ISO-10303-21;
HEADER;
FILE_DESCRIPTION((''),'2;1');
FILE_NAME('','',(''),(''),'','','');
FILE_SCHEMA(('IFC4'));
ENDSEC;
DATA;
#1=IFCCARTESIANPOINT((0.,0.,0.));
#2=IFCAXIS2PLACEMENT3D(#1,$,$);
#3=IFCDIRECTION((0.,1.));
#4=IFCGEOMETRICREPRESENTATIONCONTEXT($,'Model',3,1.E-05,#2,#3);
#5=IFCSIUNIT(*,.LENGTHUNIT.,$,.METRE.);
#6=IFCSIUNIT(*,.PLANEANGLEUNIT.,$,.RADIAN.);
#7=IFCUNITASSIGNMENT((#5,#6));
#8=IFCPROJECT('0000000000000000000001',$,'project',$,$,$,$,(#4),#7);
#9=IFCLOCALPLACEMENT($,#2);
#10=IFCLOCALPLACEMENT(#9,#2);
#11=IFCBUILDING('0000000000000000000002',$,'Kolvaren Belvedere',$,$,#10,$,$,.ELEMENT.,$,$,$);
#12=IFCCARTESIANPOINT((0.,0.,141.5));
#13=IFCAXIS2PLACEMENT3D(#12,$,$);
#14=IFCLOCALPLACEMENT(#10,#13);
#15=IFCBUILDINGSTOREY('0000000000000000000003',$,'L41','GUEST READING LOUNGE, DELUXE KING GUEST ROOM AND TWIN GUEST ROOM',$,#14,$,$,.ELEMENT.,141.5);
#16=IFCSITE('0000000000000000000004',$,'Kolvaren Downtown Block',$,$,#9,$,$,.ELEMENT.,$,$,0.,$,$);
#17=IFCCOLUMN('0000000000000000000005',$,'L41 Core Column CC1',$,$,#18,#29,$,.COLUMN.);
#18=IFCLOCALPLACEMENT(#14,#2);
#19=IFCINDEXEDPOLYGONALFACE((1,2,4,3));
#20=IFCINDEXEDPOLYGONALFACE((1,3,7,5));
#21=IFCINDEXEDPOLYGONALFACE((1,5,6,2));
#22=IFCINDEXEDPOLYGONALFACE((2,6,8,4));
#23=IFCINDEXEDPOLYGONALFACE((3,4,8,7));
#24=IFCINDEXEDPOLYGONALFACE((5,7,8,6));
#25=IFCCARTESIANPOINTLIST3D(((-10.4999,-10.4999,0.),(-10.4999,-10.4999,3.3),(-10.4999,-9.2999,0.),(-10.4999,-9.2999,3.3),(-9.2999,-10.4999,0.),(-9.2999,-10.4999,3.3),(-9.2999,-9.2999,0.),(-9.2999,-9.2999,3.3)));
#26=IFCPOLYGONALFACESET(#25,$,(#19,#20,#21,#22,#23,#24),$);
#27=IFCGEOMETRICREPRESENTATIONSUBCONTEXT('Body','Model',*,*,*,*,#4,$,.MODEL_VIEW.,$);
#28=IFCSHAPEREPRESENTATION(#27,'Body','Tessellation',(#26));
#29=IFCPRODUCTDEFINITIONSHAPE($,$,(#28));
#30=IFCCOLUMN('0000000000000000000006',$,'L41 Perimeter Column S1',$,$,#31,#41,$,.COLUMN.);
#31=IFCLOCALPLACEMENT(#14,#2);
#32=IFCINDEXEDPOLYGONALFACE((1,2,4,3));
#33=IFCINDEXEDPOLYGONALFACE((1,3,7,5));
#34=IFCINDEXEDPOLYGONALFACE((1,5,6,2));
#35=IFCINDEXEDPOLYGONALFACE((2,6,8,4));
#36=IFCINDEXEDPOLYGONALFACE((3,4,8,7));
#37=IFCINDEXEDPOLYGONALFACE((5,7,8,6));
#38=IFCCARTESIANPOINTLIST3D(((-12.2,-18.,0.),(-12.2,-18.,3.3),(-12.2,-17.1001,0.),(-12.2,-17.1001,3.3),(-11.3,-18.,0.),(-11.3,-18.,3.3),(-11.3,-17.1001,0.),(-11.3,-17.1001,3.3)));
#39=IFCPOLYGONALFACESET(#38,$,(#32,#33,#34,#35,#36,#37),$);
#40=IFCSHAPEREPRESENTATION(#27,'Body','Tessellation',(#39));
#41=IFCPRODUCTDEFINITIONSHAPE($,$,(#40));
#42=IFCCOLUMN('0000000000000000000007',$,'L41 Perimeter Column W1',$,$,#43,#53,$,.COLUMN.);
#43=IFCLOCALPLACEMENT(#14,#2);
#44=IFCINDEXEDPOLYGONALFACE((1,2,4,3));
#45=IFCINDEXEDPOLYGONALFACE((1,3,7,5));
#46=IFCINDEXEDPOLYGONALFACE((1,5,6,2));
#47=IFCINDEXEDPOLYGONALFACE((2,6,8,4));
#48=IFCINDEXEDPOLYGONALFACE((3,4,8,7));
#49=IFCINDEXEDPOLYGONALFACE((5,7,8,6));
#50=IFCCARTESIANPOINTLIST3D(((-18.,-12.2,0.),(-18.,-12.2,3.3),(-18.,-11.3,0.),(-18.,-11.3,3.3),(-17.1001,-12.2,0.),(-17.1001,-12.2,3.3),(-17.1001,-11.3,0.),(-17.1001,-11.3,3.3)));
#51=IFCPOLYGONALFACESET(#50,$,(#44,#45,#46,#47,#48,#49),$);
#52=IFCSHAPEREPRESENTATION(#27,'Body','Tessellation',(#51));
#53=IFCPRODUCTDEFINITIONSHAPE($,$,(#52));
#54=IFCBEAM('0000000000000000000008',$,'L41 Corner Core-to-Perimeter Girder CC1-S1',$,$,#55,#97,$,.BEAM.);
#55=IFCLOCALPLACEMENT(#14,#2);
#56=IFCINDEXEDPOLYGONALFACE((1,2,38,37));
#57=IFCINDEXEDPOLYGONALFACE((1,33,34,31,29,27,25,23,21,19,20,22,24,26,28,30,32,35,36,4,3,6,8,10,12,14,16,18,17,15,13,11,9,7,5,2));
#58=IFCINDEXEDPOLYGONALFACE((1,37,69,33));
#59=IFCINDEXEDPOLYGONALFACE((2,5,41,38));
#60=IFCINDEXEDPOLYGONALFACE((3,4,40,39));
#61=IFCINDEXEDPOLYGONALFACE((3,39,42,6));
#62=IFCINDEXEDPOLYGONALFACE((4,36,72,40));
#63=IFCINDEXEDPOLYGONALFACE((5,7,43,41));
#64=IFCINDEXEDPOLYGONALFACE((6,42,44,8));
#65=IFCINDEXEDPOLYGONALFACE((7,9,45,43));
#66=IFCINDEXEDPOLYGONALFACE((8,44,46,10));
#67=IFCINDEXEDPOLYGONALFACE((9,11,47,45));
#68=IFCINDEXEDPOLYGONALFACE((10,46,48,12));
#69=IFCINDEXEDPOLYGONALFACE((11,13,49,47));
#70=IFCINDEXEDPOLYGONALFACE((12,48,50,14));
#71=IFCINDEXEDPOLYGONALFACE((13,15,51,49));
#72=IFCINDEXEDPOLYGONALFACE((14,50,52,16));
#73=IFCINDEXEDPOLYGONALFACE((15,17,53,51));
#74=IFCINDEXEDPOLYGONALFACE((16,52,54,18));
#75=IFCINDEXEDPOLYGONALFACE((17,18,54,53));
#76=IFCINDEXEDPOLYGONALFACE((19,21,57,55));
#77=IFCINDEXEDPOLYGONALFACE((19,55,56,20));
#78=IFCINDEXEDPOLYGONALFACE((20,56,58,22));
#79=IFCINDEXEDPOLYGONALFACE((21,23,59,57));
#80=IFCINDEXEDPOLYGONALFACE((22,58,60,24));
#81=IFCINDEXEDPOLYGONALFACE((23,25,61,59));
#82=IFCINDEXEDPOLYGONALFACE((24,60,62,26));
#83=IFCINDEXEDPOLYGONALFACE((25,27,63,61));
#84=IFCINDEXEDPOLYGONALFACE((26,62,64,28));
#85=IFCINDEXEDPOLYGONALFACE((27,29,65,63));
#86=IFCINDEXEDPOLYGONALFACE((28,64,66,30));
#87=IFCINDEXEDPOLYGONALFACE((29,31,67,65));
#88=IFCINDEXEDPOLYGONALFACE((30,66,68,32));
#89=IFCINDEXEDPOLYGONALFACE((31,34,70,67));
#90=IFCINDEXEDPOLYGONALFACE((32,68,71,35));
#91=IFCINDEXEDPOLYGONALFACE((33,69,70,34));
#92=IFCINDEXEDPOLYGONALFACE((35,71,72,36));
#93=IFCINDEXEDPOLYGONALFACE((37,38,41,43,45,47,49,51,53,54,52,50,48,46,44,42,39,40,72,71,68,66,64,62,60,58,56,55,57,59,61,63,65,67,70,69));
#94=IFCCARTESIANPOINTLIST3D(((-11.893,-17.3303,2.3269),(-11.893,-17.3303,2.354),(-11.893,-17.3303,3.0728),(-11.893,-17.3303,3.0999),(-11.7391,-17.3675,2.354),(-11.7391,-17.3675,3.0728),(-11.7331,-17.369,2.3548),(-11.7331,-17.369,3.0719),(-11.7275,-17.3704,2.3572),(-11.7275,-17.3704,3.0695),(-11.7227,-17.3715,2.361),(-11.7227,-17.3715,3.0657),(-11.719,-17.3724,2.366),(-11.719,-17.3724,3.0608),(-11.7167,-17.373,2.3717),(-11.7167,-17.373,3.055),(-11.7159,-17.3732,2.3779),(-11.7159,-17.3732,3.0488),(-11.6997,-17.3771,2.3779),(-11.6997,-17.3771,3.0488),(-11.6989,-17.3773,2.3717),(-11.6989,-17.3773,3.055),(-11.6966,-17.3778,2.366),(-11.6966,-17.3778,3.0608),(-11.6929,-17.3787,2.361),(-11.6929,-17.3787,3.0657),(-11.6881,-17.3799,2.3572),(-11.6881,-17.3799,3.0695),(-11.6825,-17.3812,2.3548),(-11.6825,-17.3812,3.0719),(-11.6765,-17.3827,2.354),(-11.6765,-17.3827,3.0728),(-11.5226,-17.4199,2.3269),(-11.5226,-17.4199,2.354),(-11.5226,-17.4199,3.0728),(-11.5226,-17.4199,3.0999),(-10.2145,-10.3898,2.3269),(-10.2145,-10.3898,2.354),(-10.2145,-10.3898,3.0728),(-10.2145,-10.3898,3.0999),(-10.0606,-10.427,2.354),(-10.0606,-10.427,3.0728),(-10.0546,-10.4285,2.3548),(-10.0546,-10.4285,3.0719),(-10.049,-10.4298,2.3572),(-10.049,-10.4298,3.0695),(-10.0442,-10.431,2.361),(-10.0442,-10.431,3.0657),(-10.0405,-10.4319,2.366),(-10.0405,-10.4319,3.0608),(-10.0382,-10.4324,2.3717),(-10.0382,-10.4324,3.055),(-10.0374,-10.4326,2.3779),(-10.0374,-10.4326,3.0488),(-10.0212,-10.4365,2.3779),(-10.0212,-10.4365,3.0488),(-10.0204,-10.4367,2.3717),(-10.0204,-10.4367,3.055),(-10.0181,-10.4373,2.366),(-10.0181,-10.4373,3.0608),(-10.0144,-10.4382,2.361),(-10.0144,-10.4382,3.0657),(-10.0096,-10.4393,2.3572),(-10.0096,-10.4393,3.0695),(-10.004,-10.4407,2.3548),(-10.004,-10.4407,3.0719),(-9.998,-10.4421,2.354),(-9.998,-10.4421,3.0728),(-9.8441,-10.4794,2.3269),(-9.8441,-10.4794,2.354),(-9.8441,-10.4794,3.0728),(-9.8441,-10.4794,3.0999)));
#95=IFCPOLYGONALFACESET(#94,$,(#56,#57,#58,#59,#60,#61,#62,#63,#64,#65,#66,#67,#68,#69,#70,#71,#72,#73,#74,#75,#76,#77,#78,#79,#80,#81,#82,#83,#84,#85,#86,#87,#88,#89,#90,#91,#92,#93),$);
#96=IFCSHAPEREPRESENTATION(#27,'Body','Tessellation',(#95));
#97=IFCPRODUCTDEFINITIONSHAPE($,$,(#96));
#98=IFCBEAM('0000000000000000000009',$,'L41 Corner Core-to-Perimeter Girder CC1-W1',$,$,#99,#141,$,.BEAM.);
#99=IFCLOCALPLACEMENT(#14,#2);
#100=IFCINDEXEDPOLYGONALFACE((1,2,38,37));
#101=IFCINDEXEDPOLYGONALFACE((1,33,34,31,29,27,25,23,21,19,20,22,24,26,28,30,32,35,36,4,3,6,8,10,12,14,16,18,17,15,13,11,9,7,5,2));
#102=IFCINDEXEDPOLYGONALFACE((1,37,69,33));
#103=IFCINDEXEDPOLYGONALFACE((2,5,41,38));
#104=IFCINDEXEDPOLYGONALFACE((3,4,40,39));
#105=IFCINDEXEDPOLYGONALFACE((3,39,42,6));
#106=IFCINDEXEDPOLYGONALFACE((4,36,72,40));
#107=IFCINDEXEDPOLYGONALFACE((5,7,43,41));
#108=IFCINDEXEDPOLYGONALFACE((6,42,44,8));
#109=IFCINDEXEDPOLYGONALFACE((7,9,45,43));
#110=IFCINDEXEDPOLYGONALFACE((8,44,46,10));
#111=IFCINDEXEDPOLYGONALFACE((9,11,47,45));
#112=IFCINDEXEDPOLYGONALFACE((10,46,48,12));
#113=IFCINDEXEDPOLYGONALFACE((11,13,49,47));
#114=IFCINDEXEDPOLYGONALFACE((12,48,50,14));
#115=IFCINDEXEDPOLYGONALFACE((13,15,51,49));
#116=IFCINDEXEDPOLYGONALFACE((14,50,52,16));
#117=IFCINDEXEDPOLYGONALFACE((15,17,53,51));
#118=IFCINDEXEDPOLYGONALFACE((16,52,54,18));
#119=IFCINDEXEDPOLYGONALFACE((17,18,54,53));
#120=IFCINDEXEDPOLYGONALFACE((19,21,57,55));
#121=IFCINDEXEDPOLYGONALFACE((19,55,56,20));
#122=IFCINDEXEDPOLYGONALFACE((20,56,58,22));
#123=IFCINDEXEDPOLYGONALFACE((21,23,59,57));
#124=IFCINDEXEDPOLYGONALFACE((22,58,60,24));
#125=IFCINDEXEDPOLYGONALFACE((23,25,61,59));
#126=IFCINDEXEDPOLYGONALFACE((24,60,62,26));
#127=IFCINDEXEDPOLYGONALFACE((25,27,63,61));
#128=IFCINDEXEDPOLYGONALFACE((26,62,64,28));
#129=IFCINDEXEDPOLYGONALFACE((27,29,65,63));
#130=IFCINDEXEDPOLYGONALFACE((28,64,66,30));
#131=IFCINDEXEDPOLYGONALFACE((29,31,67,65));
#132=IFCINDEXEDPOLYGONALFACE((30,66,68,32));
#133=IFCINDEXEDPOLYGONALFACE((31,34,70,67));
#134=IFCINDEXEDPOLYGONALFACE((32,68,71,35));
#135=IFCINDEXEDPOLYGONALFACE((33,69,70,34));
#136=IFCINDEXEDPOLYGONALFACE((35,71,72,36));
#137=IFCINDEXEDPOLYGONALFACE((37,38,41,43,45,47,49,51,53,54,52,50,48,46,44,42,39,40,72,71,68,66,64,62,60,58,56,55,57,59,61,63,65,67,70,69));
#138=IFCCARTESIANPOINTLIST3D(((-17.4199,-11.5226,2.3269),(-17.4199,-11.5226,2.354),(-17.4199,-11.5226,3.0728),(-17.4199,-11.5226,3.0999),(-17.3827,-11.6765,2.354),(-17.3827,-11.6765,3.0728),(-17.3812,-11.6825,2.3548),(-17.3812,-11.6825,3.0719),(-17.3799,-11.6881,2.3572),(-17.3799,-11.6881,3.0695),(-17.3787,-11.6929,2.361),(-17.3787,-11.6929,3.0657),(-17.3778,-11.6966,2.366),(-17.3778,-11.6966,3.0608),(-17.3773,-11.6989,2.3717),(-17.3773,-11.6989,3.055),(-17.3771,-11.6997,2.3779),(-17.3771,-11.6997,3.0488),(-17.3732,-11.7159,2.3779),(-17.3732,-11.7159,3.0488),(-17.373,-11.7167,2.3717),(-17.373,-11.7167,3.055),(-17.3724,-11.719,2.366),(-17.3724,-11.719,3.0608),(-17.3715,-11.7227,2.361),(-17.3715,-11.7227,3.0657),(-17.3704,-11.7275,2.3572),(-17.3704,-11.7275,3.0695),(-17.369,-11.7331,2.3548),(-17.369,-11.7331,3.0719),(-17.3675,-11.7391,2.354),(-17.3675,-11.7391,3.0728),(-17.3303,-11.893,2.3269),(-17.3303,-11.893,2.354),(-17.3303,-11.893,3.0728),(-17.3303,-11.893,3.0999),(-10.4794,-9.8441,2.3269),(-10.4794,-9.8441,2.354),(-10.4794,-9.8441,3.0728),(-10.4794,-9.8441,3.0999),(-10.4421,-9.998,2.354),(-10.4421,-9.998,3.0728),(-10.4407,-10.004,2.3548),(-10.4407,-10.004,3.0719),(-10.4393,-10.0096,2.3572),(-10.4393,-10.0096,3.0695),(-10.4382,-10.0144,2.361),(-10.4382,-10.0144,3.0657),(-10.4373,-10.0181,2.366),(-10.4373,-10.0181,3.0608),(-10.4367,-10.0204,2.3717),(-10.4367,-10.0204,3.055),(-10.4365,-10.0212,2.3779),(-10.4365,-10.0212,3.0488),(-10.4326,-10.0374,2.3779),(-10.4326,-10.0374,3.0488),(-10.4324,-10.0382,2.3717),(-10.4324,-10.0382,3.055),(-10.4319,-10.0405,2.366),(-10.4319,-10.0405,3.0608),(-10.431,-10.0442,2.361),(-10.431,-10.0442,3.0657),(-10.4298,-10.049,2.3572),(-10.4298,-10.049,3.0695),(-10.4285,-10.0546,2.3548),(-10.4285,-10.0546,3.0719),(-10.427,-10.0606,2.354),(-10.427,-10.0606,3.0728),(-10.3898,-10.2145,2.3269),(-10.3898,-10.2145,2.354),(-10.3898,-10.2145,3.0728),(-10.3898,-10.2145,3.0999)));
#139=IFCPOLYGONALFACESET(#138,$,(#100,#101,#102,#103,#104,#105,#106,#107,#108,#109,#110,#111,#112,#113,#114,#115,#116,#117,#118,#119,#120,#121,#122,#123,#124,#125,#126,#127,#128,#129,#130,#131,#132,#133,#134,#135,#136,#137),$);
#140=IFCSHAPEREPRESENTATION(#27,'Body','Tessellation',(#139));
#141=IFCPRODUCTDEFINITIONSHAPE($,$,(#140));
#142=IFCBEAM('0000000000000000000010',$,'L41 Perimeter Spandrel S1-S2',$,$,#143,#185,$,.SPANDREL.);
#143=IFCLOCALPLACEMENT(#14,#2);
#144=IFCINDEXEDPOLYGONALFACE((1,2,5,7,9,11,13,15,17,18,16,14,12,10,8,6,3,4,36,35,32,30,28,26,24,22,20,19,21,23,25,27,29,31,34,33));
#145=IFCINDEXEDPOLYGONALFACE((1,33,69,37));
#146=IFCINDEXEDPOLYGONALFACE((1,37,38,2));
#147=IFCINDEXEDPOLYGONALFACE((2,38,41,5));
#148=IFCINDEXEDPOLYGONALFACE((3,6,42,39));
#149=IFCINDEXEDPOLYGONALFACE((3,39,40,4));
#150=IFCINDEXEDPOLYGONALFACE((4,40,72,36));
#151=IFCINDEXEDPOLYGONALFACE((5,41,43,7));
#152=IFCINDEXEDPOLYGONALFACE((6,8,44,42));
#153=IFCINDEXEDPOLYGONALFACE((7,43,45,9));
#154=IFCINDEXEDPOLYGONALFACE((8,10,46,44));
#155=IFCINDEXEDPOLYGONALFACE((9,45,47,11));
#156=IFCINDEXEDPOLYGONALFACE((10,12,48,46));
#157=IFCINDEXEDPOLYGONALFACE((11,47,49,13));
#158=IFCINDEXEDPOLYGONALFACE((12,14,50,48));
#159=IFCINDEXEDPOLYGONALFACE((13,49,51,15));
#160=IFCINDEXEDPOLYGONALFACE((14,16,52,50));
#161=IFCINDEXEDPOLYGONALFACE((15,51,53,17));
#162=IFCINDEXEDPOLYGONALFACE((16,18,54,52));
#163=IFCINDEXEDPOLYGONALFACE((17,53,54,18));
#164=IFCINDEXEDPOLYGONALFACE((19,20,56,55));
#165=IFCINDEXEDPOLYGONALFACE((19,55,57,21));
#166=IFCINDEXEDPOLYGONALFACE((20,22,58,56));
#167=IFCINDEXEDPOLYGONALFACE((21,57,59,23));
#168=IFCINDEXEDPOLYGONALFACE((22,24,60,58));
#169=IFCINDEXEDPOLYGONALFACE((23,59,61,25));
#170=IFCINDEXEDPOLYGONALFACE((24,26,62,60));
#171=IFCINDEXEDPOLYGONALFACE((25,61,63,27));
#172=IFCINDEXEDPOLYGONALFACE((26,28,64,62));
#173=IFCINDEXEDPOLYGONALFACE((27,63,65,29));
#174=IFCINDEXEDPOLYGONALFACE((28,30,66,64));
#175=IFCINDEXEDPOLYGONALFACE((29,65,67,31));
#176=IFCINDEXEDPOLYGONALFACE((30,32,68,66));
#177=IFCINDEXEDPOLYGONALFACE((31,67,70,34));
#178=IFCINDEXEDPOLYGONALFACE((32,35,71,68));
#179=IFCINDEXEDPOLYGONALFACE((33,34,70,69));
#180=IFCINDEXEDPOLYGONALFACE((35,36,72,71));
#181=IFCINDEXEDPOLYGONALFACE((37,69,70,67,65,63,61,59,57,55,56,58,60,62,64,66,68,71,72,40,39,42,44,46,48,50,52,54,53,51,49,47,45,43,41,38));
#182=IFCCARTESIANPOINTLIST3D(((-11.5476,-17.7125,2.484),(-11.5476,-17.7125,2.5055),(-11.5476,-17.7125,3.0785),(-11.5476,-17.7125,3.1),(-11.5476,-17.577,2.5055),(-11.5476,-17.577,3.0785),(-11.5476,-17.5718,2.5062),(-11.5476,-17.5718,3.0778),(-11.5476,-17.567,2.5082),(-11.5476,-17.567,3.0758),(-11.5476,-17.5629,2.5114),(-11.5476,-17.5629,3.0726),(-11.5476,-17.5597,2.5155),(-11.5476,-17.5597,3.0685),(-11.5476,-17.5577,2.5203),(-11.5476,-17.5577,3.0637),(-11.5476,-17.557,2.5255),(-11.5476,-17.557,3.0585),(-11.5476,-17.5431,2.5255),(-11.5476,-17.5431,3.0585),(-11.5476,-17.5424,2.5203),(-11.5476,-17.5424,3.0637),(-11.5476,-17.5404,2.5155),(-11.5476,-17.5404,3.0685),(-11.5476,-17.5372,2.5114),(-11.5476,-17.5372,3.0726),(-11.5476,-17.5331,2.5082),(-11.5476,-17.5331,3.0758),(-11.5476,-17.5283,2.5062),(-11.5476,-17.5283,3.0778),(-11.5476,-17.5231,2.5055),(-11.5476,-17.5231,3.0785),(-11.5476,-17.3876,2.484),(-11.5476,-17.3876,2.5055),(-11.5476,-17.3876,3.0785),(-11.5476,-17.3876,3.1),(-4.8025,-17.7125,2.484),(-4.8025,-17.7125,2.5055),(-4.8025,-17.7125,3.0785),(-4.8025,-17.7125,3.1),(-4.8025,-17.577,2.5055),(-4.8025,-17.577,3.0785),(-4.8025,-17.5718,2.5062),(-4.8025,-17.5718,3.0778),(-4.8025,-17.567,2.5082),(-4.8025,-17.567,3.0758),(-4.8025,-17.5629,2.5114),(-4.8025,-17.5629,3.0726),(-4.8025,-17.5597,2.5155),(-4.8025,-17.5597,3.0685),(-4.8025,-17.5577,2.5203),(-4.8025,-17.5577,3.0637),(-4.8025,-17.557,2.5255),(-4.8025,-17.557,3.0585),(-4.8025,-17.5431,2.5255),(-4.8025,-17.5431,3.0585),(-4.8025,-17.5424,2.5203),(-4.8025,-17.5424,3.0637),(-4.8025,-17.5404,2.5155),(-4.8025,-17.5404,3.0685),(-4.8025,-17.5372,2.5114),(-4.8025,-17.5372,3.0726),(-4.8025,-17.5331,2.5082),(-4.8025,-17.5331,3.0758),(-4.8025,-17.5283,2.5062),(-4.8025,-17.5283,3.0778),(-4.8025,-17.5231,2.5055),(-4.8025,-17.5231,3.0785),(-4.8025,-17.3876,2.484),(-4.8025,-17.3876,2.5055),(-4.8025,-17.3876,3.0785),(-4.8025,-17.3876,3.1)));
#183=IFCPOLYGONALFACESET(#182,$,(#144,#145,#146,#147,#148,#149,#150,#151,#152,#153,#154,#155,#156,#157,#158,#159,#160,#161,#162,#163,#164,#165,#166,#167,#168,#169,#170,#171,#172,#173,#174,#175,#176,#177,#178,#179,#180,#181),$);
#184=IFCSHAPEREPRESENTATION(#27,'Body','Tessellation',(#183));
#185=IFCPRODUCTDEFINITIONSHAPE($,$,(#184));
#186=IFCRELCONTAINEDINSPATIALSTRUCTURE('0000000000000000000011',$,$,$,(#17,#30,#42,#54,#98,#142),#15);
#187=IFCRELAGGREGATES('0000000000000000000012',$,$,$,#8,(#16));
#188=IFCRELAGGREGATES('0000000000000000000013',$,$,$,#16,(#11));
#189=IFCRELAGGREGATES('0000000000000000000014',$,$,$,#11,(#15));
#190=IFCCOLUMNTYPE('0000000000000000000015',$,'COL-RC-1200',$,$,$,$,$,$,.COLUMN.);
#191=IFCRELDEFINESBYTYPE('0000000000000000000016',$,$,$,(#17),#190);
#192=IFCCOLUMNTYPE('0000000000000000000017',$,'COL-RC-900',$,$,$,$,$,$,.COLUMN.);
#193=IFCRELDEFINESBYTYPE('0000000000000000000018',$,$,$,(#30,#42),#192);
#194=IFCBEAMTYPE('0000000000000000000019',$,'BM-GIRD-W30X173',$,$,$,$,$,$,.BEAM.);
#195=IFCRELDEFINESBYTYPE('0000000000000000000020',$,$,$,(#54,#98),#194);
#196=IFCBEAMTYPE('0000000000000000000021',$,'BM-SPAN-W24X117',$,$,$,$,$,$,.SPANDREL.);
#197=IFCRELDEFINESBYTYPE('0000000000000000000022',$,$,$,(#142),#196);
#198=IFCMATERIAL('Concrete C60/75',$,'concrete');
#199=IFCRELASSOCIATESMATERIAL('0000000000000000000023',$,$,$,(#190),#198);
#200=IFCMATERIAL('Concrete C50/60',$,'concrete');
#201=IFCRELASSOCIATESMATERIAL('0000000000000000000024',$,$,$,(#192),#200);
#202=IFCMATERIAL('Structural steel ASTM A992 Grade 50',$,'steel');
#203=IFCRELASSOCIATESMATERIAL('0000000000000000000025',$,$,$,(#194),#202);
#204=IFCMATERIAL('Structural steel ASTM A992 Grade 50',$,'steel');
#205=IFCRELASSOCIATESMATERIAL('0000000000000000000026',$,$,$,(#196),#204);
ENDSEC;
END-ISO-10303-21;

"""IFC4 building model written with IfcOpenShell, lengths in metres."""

from ifc_helpers import new_model, si_unit, direction, frame, origin, origin_2d, place, context, subcontext, project, spatial, rectangle, i_section, extrude, material, material_profile, profile_set, type_object, element, save


model = new_model("IFC4")

# Units and contexts
model_context = context("Model", 3, precision=1e-05, world=origin(), true_north=direction((0.0, 1.0)))
body_context = subcontext(model_context, "Body", "Model", "MODEL_VIEW")
ifc_project = project(units=[si_unit("LENGTHUNIT", "METRE"), si_unit("PLANEANGLEUNIT", "RADIAN")], contexts=[model_context])

# Site, building, storey
site_placement = place(None, origin())
site = spatial("IfcSite", under=ifc_project, at=site_placement, Name="Kolvaren Downtown Block", CompositionType="ELEMENT", RefElevation=0.0)
building_placement = place(site_placement, origin())
building = spatial("IfcBuilding", under=site, at=building_placement, Name="Kolvaren Belvedere", CompositionType="ELEMENT")
storey_placement = place(building_placement, frame((0.0, 0.0, 141.5)))
storey = spatial("IfcBuildingStorey", under=building, at=storey_placement, Name="L41", Description="GUEST READING LOUNGE, DELUXE KING GUEST ROOM AND TWIN GUEST ROOM", CompositionType="ELEMENT", Elevation=141.5)

# Columns
ifc_material_1 = material(Name="Concrete C60/75", Category="concrete")
ifc_material_profile_1 = material_profile(ifc_material_1, rectangle(XDim=1.2, YDim=1.2, at=origin_2d()), Name="RC 1200X1200")
ifc_profile_set_1 = profile_set([ifc_material_profile_1], Name="Concrete C60/75")
column_type_1 = type_object("IfcColumnType", Name="COL-RC-1200", PredefinedType="COLUMN", material=ifc_profile_set_1)
column_placement = place(storey_placement, frame((-9.8999, -9.8999, 0.0), z_axis=(0.0, 0.0, 1.0), x_axis=(1.0, 0.0, 0.0)))
element("IfcColumn", 1, at=column_placement, inside=storey, type_object=column_type_1, Name="L41 Core Column CC1", PredefinedType="COLUMN", context=body_context, shape_type="SweptSolid", body=[
    extrude(rectangle(XDim=1.2, YDim=1.2, at=origin_2d()), origin(), (0.0, 0.0, 1.0), 3.3),
])
ifc_material_2 = material(Name="Concrete C50/60", Category="concrete")
ifc_material_profile_2 = material_profile(ifc_material_2, rectangle(XDim=0.8999, YDim=0.8999, at=origin_2d()), Name="RC 900X900")
ifc_profile_set_2 = profile_set([ifc_material_profile_2], Name="Concrete C50/60")
column_type_2 = type_object("IfcColumnType", Name="COL-RC-900", PredefinedType="COLUMN", material=ifc_profile_set_2)
for number, where, z_axis, x_axis, name in (
    (2, (-11.75, -17.55, 0.0), (0.0, 0.0, 1.0), (1.0, 0.0, 0.0), "L41 Perimeter Column S1"),
    (3, (-17.55, -11.75, 0.0), (0.0, 0.0, 1.0), (1.0, 0.0, 0.0), "L41 Perimeter Column W1"),
):
    element("IfcColumn", number, at=place(storey_placement, frame(where, z_axis=z_axis, x_axis=x_axis)), inside=storey, type_object=column_type_2, Name=name, PredefinedType="COLUMN", context=body_context, shape_type="SweptSolid", body=[
        extrude(rectangle(XDim=0.8999, YDim=0.8999, at=origin_2d()), origin(), (0.0, 0.0, 1.0), 3.3),
    ])

# Beams
ifc_material_3 = material(Name="Structural steel ASTM A992 Grade 50", Category="steel")
ifc_material_profile_3 = material_profile(ifc_material_3, i_section(OverallWidth=0.3811, OverallDepth=0.7729, WebThickness=0.0166, FlangeThickness=0.0271, FilletRadius=0.0239, at=origin_2d()), Name="W30X173")
ifc_profile_set_3 = profile_set([ifc_material_profile_3], Name="Structural steel ASTM A992 Grade 50")
beam_type_1 = type_object("IfcBeamType", Name="BM-GIRD-W30X173", PredefinedType="BEAM", material=ifc_profile_set_3)
for number, where, z_axis, x_axis, name in (
    (4, (-10.0293, -10.4346, 2.7134), (-0.235063, -0.97198, 0.0), (0.97198, -0.235063, 0.0), "L41 Corner Core-to-Perimeter Girder CC1-S1"),
    (5, (-10.4346, -10.0293, 2.7134), (-0.97198, -0.235063, 0.0), (0.235063, -0.97198, 0.0), "L41 Corner Core-to-Perimeter Girder CC1-W1"),
):
    element("IfcBeam", number, at=place(storey_placement, frame(where, z_axis=z_axis, x_axis=x_axis)), inside=storey, type_object=beam_type_1, Name=name, PredefinedType="BEAM", context=body_context, shape_type="SweptSolid", body=[
        extrude(i_section(OverallWidth=0.3811, OverallDepth=0.7729, WebThickness=0.0166, FlangeThickness=0.0271, FilletRadius=0.0239, at=origin_2d()), origin(), (0.0, 0.0, 1.0), 7.1406),
    ])
ifc_material_4 = material(Name="Structural steel ASTM A992 Grade 50", Category="steel")
ifc_material_profile_4 = material_profile(ifc_material_4, i_section(OverallWidth=0.325, OverallDepth=0.616, WebThickness=0.0139, FlangeThickness=0.0215, FilletRadius=0.02, at=origin_2d()), Name="W24X117")
ifc_profile_set_4 = profile_set([ifc_material_profile_4], Name="Structural steel ASTM A992 Grade 50")
beam_type_2 = type_object("IfcBeamType", Name="BM-SPAN-W24X117", PredefinedType="SPANDREL", material=ifc_profile_set_4)
beam_1_placement = place(storey_placement, frame((-11.5476, -17.55, 2.792), z_axis=(1.0, 0.0, 0.0), x_axis=(0.0, 1.0, 0.0)))
element("IfcBeam", 6, at=beam_1_placement, inside=storey, type_object=beam_type_2, Name="L41 Perimeter Spandrel S1-S2", PredefinedType="SPANDREL", context=body_context, shape_type="SweptSolid", body=[
    extrude(i_section(OverallWidth=0.325, OverallDepth=0.616, WebThickness=0.0139, FlangeThickness=0.0215, FilletRadius=0.02, at=origin_2d()), origin(), (0.0, 0.0, 1.0), 6.7451),
])

save(model, "model.ifc")
